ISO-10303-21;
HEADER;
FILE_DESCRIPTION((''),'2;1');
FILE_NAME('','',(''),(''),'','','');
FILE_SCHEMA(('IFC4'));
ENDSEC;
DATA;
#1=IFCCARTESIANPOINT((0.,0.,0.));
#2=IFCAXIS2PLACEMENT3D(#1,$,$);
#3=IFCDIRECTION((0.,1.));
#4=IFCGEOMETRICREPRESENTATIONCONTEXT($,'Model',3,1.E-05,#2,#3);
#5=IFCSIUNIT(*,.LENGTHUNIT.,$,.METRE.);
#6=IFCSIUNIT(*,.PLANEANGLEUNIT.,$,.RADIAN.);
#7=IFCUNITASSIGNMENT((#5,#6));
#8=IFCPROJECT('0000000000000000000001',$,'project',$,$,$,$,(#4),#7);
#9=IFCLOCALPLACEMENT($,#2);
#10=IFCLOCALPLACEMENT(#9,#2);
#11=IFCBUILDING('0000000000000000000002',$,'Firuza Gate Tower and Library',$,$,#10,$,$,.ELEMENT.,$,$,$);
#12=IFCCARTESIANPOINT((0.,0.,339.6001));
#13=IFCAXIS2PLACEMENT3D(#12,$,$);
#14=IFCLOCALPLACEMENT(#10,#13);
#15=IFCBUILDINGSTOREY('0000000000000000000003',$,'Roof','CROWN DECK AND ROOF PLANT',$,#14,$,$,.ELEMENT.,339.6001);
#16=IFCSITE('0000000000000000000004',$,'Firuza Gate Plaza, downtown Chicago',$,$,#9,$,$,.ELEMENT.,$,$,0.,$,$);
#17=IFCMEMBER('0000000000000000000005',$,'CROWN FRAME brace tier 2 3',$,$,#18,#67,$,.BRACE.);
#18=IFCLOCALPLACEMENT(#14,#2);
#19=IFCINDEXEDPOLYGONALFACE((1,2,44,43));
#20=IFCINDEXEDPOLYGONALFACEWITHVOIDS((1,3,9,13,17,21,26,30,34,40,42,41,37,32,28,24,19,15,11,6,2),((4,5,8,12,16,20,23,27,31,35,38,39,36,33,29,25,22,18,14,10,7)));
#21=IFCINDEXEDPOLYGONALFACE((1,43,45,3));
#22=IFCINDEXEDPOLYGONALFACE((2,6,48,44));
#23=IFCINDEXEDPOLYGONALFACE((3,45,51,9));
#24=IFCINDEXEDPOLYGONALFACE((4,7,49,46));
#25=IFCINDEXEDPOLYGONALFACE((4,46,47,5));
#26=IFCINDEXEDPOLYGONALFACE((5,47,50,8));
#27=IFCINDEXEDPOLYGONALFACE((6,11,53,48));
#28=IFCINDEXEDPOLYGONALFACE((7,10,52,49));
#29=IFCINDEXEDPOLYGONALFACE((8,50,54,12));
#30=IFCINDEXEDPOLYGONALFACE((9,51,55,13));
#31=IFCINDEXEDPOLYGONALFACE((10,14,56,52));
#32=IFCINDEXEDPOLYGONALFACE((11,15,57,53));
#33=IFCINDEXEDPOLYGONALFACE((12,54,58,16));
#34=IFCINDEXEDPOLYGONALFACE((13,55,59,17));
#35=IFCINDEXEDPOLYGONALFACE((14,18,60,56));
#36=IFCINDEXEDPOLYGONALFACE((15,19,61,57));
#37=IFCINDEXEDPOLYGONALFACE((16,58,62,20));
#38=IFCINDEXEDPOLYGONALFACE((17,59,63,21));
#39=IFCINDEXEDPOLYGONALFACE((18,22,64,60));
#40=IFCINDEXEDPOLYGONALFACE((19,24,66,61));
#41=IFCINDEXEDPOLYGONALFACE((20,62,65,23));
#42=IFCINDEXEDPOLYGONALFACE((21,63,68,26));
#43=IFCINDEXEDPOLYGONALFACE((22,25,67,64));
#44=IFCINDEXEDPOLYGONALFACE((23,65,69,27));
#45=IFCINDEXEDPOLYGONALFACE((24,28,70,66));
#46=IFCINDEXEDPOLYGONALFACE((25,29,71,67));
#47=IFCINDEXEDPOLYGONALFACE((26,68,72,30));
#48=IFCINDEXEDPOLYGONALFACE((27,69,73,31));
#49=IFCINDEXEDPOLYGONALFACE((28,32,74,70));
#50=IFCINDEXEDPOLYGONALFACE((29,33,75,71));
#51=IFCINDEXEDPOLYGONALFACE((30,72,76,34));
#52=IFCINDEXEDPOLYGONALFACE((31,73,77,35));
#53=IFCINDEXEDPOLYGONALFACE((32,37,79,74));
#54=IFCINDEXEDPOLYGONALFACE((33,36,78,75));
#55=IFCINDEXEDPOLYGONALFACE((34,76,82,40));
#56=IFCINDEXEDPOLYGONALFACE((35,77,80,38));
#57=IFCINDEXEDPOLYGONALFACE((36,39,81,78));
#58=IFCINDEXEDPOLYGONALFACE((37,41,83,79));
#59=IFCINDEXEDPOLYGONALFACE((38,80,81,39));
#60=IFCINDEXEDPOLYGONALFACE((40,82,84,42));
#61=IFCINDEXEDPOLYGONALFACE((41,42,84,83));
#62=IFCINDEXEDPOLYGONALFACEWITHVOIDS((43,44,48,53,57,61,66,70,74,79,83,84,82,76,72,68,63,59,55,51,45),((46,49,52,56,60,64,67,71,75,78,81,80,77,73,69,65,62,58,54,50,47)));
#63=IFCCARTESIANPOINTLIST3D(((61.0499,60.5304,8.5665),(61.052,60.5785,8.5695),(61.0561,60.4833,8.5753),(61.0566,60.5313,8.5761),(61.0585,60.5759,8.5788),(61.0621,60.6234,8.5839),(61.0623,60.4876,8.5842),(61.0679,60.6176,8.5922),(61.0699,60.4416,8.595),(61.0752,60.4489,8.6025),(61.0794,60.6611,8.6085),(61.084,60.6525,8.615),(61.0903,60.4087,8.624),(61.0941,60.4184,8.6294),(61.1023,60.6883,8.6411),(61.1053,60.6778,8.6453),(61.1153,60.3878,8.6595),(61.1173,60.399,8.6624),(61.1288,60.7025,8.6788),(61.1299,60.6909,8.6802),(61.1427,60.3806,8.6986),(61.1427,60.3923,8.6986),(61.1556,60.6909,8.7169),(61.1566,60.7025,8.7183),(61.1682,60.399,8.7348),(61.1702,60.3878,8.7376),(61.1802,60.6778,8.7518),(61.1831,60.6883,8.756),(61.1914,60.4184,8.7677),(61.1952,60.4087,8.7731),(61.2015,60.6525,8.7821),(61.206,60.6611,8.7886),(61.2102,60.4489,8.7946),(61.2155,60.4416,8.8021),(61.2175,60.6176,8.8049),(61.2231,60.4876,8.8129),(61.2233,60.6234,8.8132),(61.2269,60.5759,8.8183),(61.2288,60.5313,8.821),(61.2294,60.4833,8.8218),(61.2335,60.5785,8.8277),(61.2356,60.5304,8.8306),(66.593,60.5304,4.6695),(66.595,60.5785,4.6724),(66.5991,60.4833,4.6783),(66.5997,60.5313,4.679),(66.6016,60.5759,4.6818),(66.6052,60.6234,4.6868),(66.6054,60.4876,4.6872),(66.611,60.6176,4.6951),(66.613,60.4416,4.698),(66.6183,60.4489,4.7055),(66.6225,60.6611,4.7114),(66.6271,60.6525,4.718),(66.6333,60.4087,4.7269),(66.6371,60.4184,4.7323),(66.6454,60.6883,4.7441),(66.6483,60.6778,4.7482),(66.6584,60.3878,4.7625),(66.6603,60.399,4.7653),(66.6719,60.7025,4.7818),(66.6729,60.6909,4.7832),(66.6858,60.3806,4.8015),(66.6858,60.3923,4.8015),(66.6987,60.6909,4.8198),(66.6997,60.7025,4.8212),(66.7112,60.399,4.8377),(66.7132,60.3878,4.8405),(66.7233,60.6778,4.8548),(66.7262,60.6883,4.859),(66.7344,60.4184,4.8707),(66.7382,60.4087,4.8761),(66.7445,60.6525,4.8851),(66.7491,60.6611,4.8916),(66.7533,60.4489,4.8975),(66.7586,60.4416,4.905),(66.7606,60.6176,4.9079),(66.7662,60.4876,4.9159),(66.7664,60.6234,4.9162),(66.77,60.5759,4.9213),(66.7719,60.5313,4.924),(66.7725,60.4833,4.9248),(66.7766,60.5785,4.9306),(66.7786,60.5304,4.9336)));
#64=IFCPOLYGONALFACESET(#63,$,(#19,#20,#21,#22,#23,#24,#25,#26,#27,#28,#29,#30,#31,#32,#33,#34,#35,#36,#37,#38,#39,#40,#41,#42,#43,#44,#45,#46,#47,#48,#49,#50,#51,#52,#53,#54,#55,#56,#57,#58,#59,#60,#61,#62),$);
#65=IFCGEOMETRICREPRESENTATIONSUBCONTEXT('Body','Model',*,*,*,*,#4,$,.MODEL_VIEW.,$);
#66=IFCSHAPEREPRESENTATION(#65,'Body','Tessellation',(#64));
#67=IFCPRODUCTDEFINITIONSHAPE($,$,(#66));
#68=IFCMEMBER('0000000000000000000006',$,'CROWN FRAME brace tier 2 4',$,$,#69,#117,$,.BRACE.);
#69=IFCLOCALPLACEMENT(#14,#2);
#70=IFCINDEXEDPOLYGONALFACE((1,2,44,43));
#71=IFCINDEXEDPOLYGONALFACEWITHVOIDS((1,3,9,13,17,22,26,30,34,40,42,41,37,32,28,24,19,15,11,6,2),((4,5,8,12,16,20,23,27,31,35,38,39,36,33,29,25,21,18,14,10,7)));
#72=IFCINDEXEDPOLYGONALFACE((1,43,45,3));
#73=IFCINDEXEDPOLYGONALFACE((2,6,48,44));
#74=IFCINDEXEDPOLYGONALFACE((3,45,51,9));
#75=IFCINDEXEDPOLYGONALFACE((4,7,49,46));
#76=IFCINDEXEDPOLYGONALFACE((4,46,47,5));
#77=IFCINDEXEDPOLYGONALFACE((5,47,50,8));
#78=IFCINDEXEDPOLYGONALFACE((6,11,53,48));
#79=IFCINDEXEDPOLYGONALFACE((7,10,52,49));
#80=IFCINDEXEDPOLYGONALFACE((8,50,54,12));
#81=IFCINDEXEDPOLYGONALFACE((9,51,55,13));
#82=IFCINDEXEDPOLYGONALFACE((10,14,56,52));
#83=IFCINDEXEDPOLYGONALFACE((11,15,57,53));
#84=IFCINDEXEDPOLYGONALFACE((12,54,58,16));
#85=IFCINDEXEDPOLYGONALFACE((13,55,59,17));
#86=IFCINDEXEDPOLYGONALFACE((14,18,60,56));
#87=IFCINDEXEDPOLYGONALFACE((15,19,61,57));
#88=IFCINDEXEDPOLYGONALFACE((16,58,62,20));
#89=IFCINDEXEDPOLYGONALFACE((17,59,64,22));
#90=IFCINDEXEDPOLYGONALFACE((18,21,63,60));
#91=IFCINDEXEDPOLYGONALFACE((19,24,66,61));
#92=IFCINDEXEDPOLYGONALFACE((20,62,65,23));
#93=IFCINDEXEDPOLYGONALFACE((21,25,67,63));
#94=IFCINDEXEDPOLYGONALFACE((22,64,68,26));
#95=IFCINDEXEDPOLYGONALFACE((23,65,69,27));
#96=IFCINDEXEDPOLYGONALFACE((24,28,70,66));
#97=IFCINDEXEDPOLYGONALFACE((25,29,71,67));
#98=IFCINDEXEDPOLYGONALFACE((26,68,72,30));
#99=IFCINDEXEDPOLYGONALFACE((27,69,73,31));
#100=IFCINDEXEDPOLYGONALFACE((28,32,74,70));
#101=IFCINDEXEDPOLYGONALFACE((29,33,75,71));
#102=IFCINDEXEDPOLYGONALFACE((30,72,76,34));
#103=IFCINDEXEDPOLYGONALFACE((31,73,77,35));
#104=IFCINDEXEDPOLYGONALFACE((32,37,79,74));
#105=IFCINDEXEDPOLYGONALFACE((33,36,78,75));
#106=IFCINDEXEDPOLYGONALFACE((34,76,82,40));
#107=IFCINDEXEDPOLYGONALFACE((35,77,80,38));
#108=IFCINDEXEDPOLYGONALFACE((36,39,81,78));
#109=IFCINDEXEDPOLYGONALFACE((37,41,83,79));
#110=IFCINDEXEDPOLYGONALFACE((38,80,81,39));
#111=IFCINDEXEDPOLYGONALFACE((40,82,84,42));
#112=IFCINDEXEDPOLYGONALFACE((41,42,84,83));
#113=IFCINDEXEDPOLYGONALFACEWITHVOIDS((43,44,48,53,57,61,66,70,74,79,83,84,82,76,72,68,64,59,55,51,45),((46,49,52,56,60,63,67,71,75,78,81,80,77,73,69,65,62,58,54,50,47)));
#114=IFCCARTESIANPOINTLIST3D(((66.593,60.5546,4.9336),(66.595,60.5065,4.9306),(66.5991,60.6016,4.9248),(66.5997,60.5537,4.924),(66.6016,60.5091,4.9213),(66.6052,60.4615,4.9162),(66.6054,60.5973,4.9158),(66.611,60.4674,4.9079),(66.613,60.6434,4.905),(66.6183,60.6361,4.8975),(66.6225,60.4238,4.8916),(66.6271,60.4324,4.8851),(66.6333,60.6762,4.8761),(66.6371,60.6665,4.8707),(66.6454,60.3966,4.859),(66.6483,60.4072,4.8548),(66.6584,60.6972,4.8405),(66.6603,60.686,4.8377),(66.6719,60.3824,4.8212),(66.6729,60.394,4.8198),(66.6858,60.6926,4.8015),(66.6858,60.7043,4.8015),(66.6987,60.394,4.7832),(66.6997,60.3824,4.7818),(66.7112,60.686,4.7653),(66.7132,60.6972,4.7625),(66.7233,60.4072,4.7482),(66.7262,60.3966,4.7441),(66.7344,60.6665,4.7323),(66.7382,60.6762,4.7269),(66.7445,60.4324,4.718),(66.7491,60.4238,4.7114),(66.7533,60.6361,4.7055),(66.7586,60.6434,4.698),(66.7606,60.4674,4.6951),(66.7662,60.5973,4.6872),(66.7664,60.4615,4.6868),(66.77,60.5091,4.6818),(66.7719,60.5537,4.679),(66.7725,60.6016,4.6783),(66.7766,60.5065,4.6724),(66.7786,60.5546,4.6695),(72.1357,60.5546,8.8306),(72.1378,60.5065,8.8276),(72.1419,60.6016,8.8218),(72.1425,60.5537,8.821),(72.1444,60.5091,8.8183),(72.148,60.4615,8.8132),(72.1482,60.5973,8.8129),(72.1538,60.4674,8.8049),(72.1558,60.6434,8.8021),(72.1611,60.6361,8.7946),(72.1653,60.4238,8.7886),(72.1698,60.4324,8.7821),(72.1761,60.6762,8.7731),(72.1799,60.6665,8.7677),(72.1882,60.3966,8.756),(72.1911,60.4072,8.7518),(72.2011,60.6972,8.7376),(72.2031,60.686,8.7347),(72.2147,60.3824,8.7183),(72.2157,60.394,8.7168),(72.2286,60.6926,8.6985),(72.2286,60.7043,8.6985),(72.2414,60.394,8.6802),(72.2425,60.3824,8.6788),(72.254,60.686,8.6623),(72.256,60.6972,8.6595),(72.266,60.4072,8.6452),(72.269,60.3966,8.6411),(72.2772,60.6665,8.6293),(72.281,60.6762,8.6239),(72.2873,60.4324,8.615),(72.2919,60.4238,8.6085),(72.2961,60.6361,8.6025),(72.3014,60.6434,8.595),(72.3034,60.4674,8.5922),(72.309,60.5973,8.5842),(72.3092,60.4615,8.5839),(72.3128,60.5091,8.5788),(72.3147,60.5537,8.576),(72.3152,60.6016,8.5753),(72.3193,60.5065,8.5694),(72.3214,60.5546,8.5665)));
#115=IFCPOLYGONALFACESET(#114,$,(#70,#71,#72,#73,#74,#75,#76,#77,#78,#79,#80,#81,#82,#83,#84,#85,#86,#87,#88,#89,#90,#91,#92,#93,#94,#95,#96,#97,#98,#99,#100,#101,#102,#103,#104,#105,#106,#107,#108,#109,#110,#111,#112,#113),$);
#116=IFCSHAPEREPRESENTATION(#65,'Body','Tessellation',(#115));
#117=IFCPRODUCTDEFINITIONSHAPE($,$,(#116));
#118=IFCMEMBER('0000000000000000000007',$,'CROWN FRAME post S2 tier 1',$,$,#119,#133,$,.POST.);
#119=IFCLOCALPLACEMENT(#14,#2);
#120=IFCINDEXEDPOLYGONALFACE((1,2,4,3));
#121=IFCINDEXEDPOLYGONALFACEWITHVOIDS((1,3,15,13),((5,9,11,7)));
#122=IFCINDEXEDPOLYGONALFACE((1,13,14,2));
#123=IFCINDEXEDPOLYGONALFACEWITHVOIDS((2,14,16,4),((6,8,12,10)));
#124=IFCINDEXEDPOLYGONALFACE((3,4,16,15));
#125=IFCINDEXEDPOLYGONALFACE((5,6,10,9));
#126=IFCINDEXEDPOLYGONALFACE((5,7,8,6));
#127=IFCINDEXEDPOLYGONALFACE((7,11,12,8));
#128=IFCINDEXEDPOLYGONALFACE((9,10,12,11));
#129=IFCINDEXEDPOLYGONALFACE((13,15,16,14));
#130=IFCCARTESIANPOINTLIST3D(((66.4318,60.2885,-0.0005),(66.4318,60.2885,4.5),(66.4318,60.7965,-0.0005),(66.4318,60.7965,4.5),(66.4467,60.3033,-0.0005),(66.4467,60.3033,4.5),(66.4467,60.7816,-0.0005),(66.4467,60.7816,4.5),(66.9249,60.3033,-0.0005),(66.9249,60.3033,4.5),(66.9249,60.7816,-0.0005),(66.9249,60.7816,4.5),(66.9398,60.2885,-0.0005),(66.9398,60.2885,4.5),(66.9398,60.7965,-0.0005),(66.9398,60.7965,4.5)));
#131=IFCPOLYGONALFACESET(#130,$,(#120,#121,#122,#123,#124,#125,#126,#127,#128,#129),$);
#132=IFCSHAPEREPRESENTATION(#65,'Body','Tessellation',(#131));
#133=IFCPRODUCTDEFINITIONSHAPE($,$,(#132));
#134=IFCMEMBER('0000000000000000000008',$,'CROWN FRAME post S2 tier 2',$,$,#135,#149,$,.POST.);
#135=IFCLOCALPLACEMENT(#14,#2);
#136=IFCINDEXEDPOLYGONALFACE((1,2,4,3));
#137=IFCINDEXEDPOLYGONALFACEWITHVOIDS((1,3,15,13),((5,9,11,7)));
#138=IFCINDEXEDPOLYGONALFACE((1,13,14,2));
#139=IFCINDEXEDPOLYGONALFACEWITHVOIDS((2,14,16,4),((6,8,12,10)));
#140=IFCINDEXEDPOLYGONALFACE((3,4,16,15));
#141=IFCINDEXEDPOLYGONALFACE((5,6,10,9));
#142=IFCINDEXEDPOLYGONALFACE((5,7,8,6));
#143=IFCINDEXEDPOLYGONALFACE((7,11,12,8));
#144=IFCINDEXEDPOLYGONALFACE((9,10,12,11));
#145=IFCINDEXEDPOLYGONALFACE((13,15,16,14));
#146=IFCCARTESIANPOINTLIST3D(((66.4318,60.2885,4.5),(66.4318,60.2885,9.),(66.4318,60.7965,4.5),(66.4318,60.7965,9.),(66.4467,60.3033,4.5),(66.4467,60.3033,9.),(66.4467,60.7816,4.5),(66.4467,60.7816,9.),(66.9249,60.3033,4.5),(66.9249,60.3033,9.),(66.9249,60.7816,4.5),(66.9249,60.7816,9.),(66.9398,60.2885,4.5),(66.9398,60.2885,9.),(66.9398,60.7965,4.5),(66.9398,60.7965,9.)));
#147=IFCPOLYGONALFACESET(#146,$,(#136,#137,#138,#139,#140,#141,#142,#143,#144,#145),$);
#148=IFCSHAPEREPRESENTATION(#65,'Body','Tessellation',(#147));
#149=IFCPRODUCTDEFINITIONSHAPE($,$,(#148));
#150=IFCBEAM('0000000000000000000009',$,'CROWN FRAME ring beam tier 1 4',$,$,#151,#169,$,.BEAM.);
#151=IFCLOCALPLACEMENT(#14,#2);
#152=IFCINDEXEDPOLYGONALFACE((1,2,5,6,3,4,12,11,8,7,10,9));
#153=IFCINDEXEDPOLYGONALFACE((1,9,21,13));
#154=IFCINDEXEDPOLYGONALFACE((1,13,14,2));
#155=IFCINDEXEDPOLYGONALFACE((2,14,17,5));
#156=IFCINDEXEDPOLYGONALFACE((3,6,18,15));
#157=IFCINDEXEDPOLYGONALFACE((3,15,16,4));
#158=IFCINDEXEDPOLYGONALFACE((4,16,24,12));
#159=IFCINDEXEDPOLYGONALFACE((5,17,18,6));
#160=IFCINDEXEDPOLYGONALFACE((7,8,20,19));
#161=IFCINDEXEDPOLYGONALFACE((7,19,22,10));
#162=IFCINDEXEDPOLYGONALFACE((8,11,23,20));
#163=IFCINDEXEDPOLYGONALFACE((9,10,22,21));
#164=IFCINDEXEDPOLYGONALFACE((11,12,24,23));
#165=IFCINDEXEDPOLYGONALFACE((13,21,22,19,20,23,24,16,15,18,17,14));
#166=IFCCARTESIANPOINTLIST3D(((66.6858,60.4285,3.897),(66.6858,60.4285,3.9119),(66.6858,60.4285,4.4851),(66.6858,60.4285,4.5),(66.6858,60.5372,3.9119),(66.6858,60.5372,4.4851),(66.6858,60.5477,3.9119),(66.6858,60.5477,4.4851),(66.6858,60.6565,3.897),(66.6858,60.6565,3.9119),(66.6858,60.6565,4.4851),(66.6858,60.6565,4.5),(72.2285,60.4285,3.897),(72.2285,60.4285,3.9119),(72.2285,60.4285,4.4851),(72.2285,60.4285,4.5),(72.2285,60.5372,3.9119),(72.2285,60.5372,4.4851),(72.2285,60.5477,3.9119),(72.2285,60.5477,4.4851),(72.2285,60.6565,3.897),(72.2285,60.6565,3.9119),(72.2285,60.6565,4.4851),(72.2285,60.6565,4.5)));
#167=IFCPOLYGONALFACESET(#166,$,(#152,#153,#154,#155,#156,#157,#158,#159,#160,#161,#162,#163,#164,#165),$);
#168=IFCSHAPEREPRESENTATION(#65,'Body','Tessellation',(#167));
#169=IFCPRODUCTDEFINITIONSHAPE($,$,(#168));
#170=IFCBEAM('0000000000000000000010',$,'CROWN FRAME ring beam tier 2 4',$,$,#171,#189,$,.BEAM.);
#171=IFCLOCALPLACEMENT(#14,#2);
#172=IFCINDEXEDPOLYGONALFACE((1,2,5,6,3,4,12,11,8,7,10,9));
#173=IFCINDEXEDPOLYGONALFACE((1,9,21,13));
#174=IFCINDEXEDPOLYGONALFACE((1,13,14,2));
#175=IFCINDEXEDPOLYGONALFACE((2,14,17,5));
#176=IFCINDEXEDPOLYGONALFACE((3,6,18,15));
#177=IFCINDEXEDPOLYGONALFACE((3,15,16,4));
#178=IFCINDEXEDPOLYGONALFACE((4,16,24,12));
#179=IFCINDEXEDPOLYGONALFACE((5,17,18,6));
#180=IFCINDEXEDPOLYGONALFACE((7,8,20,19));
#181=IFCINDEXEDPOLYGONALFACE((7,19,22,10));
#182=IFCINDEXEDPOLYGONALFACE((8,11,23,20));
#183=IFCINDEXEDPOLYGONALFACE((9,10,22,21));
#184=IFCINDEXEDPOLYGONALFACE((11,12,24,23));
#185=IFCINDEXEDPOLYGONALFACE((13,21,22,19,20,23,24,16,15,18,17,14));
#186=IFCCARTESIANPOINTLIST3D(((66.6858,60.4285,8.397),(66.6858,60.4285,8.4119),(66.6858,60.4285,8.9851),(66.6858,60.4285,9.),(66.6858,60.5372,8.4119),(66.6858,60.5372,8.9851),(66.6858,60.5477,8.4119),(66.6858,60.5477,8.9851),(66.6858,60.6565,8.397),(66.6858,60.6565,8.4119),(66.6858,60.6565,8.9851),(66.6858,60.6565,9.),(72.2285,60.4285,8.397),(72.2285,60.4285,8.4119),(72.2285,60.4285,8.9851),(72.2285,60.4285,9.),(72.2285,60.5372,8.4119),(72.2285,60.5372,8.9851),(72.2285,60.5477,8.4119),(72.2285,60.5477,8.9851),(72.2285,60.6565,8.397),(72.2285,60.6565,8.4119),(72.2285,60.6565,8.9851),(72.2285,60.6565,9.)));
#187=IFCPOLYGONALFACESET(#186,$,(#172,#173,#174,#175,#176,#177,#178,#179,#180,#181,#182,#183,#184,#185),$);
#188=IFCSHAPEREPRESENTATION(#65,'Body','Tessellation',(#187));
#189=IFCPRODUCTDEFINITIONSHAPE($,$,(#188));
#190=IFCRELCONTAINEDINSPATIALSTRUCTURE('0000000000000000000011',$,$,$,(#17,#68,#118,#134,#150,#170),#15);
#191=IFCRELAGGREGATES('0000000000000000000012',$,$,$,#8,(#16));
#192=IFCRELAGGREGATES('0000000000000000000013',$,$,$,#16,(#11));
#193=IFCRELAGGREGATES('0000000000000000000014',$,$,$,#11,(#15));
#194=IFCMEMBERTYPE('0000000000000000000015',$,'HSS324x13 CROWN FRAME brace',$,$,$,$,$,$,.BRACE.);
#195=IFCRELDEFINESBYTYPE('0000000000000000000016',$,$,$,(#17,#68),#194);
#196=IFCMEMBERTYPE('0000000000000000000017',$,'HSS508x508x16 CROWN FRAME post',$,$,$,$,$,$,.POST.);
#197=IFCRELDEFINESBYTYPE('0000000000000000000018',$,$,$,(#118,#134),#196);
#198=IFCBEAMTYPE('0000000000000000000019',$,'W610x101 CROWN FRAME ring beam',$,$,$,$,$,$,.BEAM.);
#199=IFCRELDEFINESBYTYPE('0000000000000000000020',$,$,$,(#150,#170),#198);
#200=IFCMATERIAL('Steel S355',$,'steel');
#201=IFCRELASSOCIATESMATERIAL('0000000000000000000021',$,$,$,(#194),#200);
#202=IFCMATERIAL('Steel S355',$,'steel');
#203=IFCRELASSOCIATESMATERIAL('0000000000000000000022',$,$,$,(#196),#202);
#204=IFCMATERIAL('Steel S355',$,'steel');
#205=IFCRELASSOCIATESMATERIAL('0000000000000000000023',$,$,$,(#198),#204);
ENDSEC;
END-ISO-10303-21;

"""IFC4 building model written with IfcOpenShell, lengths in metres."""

from ifc_helpers import new_model, si_unit, direction, frame, origin, origin_2d, place, context, subcontext, project, spatial, hollow_rectangle, hollow_circle, i_section, extrude, material, material_profile, profile_set, type_object, element, save


model = new_model("IFC4")

# Units and contexts
model_context = context("Model", 3, precision=1e-05, world=origin(), true_north=direction((0.0, 1.0)))
body_context = subcontext(model_context, "Body", "Model", "MODEL_VIEW")
ifc_project = project(units=[si_unit("LENGTHUNIT", "METRE"), si_unit("PLANEANGLEUNIT", "RADIAN")], contexts=[model_context])

# Site, building, storey
site_placement = place(None, origin())
site = spatial("IfcSite", under=ifc_project, at=site_placement, Name="Firuza Gate Plaza, downtown Chicago", CompositionType="ELEMENT", RefElevation=0.0)
building_placement = place(site_placement, origin())
building = spatial("IfcBuilding", under=site, at=building_placement, Name="Firuza Gate Tower and Library", CompositionType="ELEMENT")
storey_placement = place(building_placement, frame((0.0, 0.0, 339.6001)))
storey = spatial("IfcBuildingStorey", under=building, at=storey_placement, Name="Roof", Description="CROWN DECK AND ROOF PLANT", CompositionType="ELEMENT", Elevation=339.6001)

# Members
ifc_material_1 = material(Name="Steel S355", Category="steel")
ifc_material_profile_1 = material_profile(ifc_material_1, hollow_circle(Radius=0.1619, WallThickness=0.0117, at=origin_2d()))
ifc_profile_set_1 = profile_set([ifc_material_profile_1], Name="Steel S355")
member_type_1 = type_object("IfcMemberType", Name="HSS324x13 CROWN FRAME brace", PredefinedType="BRACE", material=ifc_profile_set_1)
member_1_placement = place(storey_placement, frame((66.6858, 60.5425, 4.8015), z_axis=(-0.818059, 0.0, 0.575135), x_axis=(0.0, -1.0, 0.0)))
element("IfcMember", 1, at=member_1_placement, inside=storey, type_object=member_type_1, Name="CROWN FRAME brace tier 2 3", PredefinedType="BRACE", context=body_context, shape_type="SweptSolid", body=[
    extrude(hollow_circle(Radius=0.1619, WallThickness=0.0117, at=origin_2d()), origin(), (0.0, 0.0, 1.0), 6.7759),
])
member_2_placement = place(storey_placement, frame((66.6858, 60.5425, 4.8015), z_axis=(0.818047, 0.0, 0.575152), x_axis=(0.0, 1.0, 0.0)))
element("IfcMember", 2, at=member_2_placement, inside=storey, type_object=member_type_1, Name="CROWN FRAME brace tier 2 4", PredefinedType="BRACE", context=body_context, shape_type="SweptSolid", body=[
    extrude(hollow_circle(Radius=0.1619, WallThickness=0.0117, at=origin_2d()), origin(), (0.0, 0.0, 1.0), 6.7756),
])
ifc_material_2 = material(Name="Steel S355", Category="steel")
ifc_material_profile_2 = material_profile(ifc_material_2, hollow_rectangle(XDim=0.5081, YDim=0.5081, WallThickness=0.0149, at=origin_2d()))
ifc_profile_set_2 = profile_set([ifc_material_profile_2], Name="Steel S355")
member_type_2 = type_object("IfcMemberType", Name="HSS508x508x16 CROWN FRAME post", PredefinedType="POST", material=ifc_profile_set_2)
member_3_placement = place(storey_placement, frame((66.6858, 60.5425, -0.0005), z_axis=(0.0, 0.0, 1.0), x_axis=(1.0, 0.0, 0.0)))
element("IfcMember", 3, at=member_3_placement, inside=storey, type_object=member_type_2, Name="CROWN FRAME post S2 tier 1", PredefinedType="POST", context=body_context, shape_type="SweptSolid", body=[
    extrude(hollow_rectangle(XDim=0.5081, YDim=0.5081, WallThickness=0.0149, at=origin_2d()), origin(), (0.0, 0.0, 1.0), 4.5005),
])
member_4_placement = place(storey_placement, frame((66.6858, 60.5425, 4.5), z_axis=(0.0, 0.0, 1.0), x_axis=(1.0, 0.0, 0.0)))
element("IfcMember", 4, at=member_4_placement, inside=storey, type_object=member_type_2, Name="CROWN FRAME post S2 tier 2", PredefinedType="POST", context=body_context, shape_type="SweptSolid", body=[
    extrude(hollow_rectangle(XDim=0.5081, YDim=0.5081, WallThickness=0.0149, at=origin_2d()), origin(), (0.0, 0.0, 1.0), 4.5),
])

# Beams
ifc_material_3 = material(Name="Steel S355", Category="steel")
ifc_material_profile_3 = material_profile(ifc_material_3, i_section(OverallWidth=0.228, OverallDepth=0.603, WebThickness=0.0105, FlangeThickness=0.0149, at=origin_2d()))
ifc_profile_set_3 = profile_set([ifc_material_profile_3], Name="Steel S355")
beam_type = type_object("IfcBeamType", Name="W610x101 CROWN FRAME ring beam", PredefinedType="BEAM", material=ifc_profile_set_3)
for number, where, z_axis, x_axis, name in (
    (5, (66.6858, 60.5425, 4.1985), (1.0, 0.0, 0.0), (0.0, 1.0, 0.0), "CROWN FRAME ring beam tier 1 4"),
    (6, (66.6858, 60.5425, 8.6985), (1.0, 0.0, 0.0), (0.0, 1.0, 0.0), "CROWN FRAME ring beam tier 2 4"),
):
    element("IfcBeam", number, at=place(storey_placement, frame(where, z_axis=z_axis, x_axis=x_axis)), inside=storey, type_object=beam_type, Name=name, PredefinedType="BEAM", context=body_context, shape_type="SweptSolid", body=[
        extrude(i_section(OverallWidth=0.228, OverallDepth=0.603, WebThickness=0.0105, FlangeThickness=0.0149, at=origin_2d()), origin(), (0.0, 0.0, 1.0), 5.5427),
    ])

save(model, "model.ifc")
